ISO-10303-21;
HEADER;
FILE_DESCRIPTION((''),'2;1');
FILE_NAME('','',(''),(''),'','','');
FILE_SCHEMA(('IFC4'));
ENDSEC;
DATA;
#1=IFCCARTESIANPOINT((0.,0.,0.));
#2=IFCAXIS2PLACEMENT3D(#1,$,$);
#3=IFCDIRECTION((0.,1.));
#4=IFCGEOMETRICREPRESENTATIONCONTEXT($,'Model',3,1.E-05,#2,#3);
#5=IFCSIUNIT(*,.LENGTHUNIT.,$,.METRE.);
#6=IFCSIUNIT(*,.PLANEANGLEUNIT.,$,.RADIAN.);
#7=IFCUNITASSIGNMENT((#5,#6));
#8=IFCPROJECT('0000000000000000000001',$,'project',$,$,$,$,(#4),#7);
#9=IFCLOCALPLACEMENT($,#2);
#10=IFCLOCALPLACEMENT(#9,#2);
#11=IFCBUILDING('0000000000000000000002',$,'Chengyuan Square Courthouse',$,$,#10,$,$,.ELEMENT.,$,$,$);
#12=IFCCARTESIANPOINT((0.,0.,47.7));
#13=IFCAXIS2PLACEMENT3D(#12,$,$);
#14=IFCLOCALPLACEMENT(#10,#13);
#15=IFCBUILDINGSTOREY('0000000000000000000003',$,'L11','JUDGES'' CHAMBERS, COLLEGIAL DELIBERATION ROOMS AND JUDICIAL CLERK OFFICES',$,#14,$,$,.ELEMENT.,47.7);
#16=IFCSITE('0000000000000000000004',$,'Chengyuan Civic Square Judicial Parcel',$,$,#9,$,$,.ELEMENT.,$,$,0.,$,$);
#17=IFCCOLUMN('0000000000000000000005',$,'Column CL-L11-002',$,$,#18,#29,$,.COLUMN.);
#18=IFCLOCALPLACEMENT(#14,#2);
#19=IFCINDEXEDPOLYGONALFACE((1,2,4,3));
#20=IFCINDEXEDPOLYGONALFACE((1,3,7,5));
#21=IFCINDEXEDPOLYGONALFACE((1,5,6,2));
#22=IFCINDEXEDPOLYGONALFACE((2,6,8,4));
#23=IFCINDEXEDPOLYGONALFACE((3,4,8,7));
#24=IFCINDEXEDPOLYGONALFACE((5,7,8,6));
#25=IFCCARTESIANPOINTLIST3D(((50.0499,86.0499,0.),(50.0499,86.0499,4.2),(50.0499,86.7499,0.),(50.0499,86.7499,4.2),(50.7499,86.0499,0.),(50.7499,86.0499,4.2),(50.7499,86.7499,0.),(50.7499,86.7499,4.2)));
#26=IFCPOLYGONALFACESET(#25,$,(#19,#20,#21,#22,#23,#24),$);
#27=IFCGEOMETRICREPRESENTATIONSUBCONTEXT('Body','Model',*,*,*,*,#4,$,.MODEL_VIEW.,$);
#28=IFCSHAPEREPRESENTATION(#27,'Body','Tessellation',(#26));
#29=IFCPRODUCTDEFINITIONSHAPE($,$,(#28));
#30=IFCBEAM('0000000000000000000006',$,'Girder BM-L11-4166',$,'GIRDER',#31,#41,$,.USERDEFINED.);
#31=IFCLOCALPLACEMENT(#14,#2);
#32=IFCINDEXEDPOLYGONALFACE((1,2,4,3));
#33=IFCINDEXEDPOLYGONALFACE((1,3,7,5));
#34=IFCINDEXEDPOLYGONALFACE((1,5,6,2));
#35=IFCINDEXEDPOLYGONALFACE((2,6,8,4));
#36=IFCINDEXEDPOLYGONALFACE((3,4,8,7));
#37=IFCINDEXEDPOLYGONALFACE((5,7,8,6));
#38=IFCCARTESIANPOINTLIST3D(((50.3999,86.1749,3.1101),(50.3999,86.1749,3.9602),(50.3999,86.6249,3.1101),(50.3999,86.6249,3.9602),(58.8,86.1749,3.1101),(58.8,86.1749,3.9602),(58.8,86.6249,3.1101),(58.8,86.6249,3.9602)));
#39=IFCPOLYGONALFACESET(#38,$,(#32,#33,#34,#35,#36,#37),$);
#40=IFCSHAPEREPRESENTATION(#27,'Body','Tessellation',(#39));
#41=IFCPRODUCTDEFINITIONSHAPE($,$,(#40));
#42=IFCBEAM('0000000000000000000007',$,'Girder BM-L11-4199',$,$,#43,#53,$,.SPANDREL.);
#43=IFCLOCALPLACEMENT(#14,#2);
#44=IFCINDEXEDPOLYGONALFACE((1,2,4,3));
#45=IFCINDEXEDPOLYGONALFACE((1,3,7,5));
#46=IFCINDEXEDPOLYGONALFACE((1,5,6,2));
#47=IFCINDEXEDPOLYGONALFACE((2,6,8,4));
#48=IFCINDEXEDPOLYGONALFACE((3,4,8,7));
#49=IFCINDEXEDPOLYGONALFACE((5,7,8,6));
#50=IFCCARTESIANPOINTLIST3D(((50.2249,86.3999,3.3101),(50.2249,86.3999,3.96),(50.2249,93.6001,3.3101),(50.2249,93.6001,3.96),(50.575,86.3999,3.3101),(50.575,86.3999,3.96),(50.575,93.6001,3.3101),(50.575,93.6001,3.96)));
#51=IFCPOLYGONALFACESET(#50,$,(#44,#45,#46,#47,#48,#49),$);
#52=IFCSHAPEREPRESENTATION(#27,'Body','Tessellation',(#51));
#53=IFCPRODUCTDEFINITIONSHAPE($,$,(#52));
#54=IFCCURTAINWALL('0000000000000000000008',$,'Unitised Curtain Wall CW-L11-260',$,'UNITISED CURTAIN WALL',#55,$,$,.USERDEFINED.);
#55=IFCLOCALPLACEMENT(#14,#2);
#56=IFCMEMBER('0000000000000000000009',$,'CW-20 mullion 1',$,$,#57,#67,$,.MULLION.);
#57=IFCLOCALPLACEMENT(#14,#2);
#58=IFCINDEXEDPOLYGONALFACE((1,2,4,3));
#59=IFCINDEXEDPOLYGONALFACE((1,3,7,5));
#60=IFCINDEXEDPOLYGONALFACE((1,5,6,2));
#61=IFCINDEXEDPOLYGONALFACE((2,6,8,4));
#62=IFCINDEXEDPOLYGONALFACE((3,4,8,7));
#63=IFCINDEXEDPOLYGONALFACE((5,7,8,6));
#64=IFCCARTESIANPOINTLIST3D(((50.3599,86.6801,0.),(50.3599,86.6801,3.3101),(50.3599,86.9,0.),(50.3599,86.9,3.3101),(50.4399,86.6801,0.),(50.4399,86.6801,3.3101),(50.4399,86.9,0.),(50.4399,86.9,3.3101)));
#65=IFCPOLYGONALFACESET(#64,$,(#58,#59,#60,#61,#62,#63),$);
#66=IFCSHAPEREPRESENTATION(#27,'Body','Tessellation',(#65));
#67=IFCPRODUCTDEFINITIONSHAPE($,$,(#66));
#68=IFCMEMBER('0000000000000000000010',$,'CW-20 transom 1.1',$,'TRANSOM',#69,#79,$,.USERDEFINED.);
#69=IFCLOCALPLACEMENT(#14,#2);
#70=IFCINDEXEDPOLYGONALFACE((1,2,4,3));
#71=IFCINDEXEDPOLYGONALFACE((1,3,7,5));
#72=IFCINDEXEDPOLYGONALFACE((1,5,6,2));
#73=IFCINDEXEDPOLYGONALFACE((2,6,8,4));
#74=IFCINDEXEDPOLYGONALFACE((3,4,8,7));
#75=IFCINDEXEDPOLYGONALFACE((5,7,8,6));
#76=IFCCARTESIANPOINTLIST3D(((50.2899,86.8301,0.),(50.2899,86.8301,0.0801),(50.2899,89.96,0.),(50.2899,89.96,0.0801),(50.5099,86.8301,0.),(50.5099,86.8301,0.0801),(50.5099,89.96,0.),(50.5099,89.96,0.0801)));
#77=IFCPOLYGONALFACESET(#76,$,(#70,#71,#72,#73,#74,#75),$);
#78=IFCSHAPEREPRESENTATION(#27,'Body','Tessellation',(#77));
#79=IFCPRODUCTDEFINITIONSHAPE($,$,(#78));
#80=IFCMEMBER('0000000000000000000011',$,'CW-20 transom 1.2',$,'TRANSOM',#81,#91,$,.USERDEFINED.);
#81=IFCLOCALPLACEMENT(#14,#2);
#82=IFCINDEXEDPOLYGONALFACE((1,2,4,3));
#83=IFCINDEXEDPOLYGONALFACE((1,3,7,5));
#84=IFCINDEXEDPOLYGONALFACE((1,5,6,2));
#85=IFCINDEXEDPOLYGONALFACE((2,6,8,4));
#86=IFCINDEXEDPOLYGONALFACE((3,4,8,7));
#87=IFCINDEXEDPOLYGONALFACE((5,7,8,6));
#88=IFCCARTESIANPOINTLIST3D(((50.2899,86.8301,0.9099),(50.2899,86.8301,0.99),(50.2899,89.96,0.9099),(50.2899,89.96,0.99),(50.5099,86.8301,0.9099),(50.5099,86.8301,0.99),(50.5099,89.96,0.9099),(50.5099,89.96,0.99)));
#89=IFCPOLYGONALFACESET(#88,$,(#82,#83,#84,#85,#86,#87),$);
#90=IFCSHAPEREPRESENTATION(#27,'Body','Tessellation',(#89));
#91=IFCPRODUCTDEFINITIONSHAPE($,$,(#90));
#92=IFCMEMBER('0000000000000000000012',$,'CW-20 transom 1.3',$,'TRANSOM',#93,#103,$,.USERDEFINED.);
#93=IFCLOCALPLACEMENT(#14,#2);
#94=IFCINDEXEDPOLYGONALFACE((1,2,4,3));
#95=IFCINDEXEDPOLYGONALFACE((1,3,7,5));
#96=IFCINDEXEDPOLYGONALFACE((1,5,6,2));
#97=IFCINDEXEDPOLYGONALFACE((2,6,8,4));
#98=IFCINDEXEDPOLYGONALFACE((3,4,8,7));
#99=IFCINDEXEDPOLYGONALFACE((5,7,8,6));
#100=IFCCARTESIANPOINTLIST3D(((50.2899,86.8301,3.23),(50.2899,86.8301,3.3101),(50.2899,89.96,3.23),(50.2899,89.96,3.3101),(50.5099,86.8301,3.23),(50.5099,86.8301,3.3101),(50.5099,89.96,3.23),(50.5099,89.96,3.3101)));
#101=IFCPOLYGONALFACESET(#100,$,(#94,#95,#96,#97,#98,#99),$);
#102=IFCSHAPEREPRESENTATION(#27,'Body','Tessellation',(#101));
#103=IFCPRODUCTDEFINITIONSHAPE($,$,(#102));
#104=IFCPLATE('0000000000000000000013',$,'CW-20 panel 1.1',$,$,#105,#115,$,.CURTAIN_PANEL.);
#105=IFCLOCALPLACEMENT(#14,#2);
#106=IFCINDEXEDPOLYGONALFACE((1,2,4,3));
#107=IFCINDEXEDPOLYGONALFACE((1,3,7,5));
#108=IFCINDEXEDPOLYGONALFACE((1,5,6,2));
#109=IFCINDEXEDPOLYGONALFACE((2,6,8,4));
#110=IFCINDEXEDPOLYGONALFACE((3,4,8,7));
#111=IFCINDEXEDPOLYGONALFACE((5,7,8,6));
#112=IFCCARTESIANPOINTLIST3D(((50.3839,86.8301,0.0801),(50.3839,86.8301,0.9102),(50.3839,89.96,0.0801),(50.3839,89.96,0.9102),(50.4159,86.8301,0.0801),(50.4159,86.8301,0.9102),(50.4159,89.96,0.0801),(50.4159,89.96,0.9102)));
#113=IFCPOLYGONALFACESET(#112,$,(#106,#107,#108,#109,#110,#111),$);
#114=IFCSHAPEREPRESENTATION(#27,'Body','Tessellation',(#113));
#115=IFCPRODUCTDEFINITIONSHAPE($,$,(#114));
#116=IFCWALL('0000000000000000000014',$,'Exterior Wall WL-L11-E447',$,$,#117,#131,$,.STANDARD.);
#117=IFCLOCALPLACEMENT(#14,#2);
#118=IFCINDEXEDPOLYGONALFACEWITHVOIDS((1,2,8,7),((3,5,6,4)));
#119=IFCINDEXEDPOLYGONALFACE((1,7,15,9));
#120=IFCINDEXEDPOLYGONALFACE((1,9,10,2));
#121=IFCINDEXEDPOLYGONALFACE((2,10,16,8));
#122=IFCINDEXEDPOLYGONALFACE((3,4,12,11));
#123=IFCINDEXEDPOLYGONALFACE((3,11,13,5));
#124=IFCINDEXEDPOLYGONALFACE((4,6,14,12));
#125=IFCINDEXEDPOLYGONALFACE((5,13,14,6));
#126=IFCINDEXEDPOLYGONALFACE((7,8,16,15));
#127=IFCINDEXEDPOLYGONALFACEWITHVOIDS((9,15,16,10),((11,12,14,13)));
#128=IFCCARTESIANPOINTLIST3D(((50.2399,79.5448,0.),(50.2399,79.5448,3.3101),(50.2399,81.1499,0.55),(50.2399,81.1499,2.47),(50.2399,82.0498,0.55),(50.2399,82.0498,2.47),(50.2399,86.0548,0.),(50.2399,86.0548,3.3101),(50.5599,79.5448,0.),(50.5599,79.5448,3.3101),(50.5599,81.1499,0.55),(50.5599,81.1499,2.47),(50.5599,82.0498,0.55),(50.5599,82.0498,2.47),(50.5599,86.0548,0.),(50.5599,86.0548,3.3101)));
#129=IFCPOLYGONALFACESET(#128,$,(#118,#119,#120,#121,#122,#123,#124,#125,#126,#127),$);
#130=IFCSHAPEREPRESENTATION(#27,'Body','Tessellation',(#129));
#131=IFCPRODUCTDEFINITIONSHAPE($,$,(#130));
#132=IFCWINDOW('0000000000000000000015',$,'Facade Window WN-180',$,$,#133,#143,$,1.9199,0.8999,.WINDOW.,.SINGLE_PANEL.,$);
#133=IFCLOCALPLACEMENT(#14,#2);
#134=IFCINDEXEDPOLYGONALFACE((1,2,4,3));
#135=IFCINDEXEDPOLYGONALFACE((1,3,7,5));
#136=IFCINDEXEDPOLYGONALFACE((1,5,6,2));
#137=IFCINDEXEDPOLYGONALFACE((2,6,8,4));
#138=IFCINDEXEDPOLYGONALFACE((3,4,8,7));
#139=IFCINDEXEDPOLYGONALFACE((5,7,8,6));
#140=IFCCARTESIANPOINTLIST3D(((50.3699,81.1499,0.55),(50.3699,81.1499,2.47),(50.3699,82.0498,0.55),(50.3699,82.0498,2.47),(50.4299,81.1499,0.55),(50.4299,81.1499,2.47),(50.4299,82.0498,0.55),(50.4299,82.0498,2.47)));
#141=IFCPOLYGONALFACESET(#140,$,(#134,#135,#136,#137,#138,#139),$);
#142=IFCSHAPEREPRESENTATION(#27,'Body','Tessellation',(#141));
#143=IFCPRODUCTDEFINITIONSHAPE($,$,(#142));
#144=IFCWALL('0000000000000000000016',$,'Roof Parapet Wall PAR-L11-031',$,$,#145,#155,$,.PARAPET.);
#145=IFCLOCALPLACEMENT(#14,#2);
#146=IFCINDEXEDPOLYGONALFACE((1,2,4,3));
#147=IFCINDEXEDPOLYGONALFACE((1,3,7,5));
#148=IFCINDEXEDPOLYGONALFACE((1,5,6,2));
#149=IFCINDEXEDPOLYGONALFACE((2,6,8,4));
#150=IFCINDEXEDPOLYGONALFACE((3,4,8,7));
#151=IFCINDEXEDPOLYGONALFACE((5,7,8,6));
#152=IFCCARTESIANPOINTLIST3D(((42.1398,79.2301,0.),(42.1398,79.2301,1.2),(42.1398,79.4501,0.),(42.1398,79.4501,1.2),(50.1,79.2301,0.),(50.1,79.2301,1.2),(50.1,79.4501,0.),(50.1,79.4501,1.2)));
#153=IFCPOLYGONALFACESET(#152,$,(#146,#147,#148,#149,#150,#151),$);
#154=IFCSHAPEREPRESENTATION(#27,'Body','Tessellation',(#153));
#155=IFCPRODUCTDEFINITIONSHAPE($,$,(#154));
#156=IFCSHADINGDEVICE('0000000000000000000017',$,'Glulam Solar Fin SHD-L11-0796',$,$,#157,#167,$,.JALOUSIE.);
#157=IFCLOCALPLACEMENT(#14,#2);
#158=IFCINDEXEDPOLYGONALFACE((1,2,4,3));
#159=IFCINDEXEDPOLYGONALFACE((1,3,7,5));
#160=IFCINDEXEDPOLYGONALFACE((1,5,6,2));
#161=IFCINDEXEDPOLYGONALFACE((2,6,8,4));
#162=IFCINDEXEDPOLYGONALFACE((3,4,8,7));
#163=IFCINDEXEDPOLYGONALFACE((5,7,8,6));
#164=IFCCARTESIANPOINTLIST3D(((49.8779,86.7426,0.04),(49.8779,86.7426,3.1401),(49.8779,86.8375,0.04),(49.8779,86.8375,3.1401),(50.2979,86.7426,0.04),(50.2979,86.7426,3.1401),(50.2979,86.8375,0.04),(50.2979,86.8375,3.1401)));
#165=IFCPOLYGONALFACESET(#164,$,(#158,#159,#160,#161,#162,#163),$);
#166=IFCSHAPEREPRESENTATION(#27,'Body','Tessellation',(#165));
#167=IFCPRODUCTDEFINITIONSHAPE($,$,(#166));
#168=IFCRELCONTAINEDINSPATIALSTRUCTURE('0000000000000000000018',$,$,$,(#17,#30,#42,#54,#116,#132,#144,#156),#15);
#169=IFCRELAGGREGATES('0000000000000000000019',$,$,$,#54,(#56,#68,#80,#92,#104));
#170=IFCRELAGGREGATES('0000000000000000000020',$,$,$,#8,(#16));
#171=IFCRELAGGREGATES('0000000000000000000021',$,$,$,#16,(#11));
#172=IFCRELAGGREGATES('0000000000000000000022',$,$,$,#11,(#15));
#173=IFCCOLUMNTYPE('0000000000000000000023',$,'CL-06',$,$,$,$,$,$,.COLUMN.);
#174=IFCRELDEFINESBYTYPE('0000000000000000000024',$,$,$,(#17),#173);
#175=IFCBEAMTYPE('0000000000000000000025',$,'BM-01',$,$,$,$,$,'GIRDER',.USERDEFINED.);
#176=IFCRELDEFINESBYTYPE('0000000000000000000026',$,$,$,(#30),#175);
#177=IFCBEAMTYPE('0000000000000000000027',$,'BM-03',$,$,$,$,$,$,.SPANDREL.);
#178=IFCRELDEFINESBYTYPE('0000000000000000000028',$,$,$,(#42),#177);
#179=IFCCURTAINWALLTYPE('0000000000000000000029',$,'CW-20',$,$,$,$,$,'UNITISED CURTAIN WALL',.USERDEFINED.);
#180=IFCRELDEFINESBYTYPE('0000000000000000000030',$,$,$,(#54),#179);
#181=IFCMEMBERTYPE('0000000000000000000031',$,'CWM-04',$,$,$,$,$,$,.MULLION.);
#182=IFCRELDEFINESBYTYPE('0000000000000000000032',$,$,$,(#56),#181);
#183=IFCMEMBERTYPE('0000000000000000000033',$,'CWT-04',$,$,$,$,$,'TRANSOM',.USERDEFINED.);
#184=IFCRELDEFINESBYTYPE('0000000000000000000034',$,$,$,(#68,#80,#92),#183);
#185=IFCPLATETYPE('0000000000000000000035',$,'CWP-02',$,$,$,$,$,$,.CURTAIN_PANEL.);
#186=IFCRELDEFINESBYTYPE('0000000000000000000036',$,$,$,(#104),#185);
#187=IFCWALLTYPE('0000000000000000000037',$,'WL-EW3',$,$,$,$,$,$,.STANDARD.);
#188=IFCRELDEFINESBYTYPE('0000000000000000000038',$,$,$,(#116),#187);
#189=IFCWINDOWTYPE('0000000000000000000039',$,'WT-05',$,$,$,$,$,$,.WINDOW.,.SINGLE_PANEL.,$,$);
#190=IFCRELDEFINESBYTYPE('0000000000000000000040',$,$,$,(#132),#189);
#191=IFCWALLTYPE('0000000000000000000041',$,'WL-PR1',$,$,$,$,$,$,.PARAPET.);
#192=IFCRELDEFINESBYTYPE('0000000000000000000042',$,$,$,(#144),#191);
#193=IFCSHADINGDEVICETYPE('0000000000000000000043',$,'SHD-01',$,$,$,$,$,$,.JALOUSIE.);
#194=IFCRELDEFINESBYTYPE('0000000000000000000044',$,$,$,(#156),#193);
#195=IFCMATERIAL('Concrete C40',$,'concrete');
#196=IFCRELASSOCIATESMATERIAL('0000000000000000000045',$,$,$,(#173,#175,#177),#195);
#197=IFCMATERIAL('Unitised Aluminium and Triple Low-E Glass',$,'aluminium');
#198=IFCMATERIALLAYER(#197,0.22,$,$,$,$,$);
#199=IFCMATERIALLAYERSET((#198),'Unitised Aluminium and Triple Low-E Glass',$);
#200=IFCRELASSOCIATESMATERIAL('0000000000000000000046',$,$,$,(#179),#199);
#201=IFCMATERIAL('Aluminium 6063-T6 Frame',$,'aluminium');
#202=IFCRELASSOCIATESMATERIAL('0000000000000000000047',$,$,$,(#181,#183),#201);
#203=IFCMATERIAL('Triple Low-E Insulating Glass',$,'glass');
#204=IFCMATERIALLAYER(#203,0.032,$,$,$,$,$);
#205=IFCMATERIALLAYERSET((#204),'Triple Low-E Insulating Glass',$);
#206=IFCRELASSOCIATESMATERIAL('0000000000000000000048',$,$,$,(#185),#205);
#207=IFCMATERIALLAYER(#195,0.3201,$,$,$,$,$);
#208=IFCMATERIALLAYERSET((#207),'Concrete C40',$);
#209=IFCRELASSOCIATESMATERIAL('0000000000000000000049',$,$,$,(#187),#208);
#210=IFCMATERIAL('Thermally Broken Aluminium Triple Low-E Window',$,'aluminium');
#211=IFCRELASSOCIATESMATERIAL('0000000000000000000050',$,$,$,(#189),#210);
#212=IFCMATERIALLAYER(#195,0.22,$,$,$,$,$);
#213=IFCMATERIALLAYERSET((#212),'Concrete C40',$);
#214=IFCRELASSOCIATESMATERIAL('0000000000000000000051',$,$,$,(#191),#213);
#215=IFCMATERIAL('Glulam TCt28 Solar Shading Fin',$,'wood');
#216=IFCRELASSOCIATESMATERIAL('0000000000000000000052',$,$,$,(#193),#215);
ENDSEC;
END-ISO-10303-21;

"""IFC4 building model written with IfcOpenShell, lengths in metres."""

from ifc_helpers import new_model, si_unit, direction, frame, frame_2d, origin, origin_2d, place, context, subcontext, project, spatial, rectangle, extrude, material, layer, layer_set, material_profile, profile_set, type_object, element, fill, aggregate, save


model = new_model("IFC4")

# Units and contexts
model_context = context("Model", 3, precision=1e-05, world=origin(), true_north=direction((0.0, 1.0)))
body_context = subcontext(model_context, "Body", "Model", "MODEL_VIEW")
ifc_project = project(units=[si_unit("LENGTHUNIT", "METRE"), si_unit("PLANEANGLEUNIT", "RADIAN")], contexts=[model_context])

# Site, building, storey
site_placement = place(None, origin())
site = spatial("IfcSite", under=ifc_project, at=site_placement, Name="Chengyuan Civic Square Judicial Parcel", CompositionType="ELEMENT", RefElevation=0.0)
building_placement = place(site_placement, origin())
building = spatial("IfcBuilding", under=site, at=building_placement, Name="Chengyuan Square Courthouse", CompositionType="ELEMENT")
storey_placement = place(building_placement, frame((0.0, 0.0, 47.7)))
storey = spatial("IfcBuildingStorey", under=building, at=storey_placement, Name="L11", Description="JUDGES' CHAMBERS, COLLEGIAL DELIBERATION ROOMS AND JUDICIAL CLERK OFFICES", CompositionType="ELEMENT", Elevation=47.7)

# Column
ifc_material_1 = material(Name="Concrete C40", Category="concrete")
ifc_material_profile_1 = material_profile(ifc_material_1, rectangle(XDim=0.7, YDim=0.7, at=origin_2d()), Name="RC-COL-700x700")
ifc_profile_set_1 = profile_set([ifc_material_profile_1], Name="Concrete C40")
column_type = type_object("IfcColumnType", Name="CL-06", PredefinedType="COLUMN", material=ifc_profile_set_1)
column_placement = place(storey_placement, frame((50.3999, 86.3999, 0.0), z_axis=(0.0, 0.0, 1.0), x_axis=(1.0, 0.0, 0.0)))
element("IfcColumn", 1, at=column_placement, inside=storey, type_object=column_type, Name="Column CL-L11-002", PredefinedType="COLUMN", context=body_context, shape_type="SweptSolid", body=[
    extrude(rectangle(XDim=0.7, YDim=0.7, at=origin_2d()), origin(), (0.0, 0.0, 1.0), 4.2),
])

# Beams
ifc_material_profile_2 = material_profile(ifc_material_1, rectangle(XDim=0.45, YDim=0.8501, at=origin_2d()), Name="RC-BM-450x850")
ifc_profile_set_2 = profile_set([ifc_material_profile_2], Name="Concrete C40")
beam_type_1 = type_object("IfcBeamType", Name="BM-01", ElementType="GIRDER", PredefinedType="USERDEFINED", material=ifc_profile_set_2)
beam_1_placement = place(storey_placement, frame((50.3999, 86.3999, 3.5352), z_axis=(1.0, 0.0, 0.0), x_axis=(0.0, 1.0, 0.0)))
element("IfcBeam", 2, at=beam_1_placement, inside=storey, type_object=beam_type_1, Name="Girder BM-L11-4166", ObjectType="GIRDER", PredefinedType="USERDEFINED", context=body_context, shape_type="SweptSolid", body=[
    extrude(rectangle(XDim=0.45, YDim=0.8501, at=origin_2d()), origin(), (0.0, 0.0, 1.0), 8.4001),
])
ifc_material_profile_3 = material_profile(ifc_material_1, rectangle(XDim=0.3501, YDim=0.6499, at=origin_2d()), Name="RC-BM-350x650")
ifc_profile_set_3 = profile_set([ifc_material_profile_3], Name="Concrete C40")
beam_type_2 = type_object("IfcBeamType", Name="BM-03", PredefinedType="SPANDREL", material=ifc_profile_set_3)
beam_2_placement = place(storey_placement, frame((50.3999, 86.3999, 3.635), z_axis=(0.0, 1.0, 0.0), x_axis=(-1.0, 0.0, 0.0)))
element("IfcBeam", 3, at=beam_2_placement, inside=storey, type_object=beam_type_2, Name="Girder BM-L11-4199", PredefinedType="SPANDREL", context=body_context, shape_type="SweptSolid", body=[
    extrude(rectangle(XDim=0.3501, YDim=0.6499, at=origin_2d()), origin(), (0.0, 0.0, 1.0), 7.2002),
])

# Curtain wall, members, plate
ifc_material_2 = material(Name="Unitised Aluminium and Triple Low-E Glass", Category="aluminium")
ifc_layer_1 = layer(ifc_material_2, 0.22)
ifc_layer_set_1 = layer_set([ifc_layer_1], Name="Unitised Aluminium and Triple Low-E Glass")
curtain_wall_type = type_object("IfcCurtainWallType", Name="CW-20", ElementType="UNITISED CURTAIN WALL", PredefinedType="USERDEFINED", material=ifc_layer_set_1)
curtain_wall_placement = place(storey_placement, origin())
curtain_wall = element("IfcCurtainWall", 4, at=curtain_wall_placement, inside=storey, type_object=curtain_wall_type, Name="Unitised Curtain Wall CW-L11-260", ObjectType="UNITISED CURTAIN WALL", PredefinedType="USERDEFINED")
ifc_material_3 = material(Name="Aluminium 6063-T6 Frame", Category="aluminium")
ifc_material_profile_4 = material_profile(ifc_material_3, rectangle(XDim=0.0801, YDim=0.22, at=origin_2d()), Name="CW-MUL-80x220")
ifc_profile_set_4 = profile_set([ifc_material_profile_4], Name="Aluminium 6063-T6 Frame")
member_type_1 = type_object("IfcMemberType", Name="CWM-04", PredefinedType="MULLION", material=ifc_profile_set_4)
member_1_placement = place(storey_placement, frame((50.3999, 86.79, 0.0), z_axis=(0.0, 0.0, 1.0), x_axis=(-1.0, 0.0, 0.0)))
member_1 = element("IfcMember", 5, at=member_1_placement, type_object=member_type_1, Name="CW-20 mullion 1", PredefinedType="MULLION", context=body_context, shape_type="SweptSolid", body=[
    extrude(rectangle(XDim=0.0801, YDim=0.22, at=origin_2d()), origin(), (0.0, 0.0, 1.0), 3.3101),
])
ifc_material_profile_5 = material_profile(ifc_material_3, rectangle(XDim=0.22, YDim=0.0801, at=origin_2d()), Name="CW-TRN-80x180")
ifc_profile_set_5 = profile_set([ifc_material_profile_5], Name="Aluminium 6063-T6 Frame")
member_type_2 = type_object("IfcMemberType", Name="CWT-04", ElementType="TRANSOM", PredefinedType="USERDEFINED", material=ifc_profile_set_5)
member_2_placement = place(storey_placement, frame((50.3999, 86.8301, 0.04), z_axis=(0.0, 1.0, 0.0), x_axis=(-1.0, 0.0, 0.0)))
member_2 = element("IfcMember", 6, at=member_2_placement, type_object=member_type_2, Name="CW-20 transom 1.1", ObjectType="TRANSOM", PredefinedType="USERDEFINED", context=body_context, shape_type="SweptSolid", body=[
    extrude(rectangle(XDim=0.22, YDim=0.0801, at=origin_2d()), origin(), (0.0, 0.0, 1.0), 3.1299),
])
member_3_placement = place(storey_placement, frame((50.3999, 86.8301, 0.95), z_axis=(0.0, 1.0, 0.0), x_axis=(-1.0, 0.0, 0.0)))
member_3 = element("IfcMember", 7, at=member_3_placement, type_object=member_type_2, Name="CW-20 transom 1.2", ObjectType="TRANSOM", PredefinedType="USERDEFINED", context=body_context, shape_type="SweptSolid", body=[
    extrude(rectangle(XDim=0.22, YDim=0.0801, at=origin_2d()), origin(), (0.0, 0.0, 1.0), 3.1299),
])
member_4_placement = place(storey_placement, frame((50.3999, 86.8301, 3.27), z_axis=(0.0, 1.0, 0.0), x_axis=(-1.0, 0.0, 0.0)))
member_4 = element("IfcMember", 8, at=member_4_placement, type_object=member_type_2, Name="CW-20 transom 1.3", ObjectType="TRANSOM", PredefinedType="USERDEFINED", context=body_context, shape_type="SweptSolid", body=[
    extrude(rectangle(XDim=0.22, YDim=0.0801, at=origin_2d()), origin(), (0.0, 0.0, 1.0), 3.1299),
])
ifc_material_4 = material(Name="Triple Low-E Insulating Glass", Category="glass")
ifc_layer_2 = layer(ifc_material_4, 0.032)
ifc_layer_set_2 = layer_set([ifc_layer_2], Name="Triple Low-E Insulating Glass")
plate_type = type_object("IfcPlateType", Name="CWP-02", PredefinedType="CURTAIN_PANEL", material=ifc_layer_set_2)
plate_placement = place(storey_placement, frame((50.3999, 88.395, 0.0801), z_axis=(0.0, 0.0, 1.0), x_axis=(0.0, 1.0, 0.0)))
plate = element("IfcPlate", 9, at=plate_placement, type_object=plate_type, Name="CW-20 panel 1.1", PredefinedType="CURTAIN_PANEL", context=body_context, shape_type="SweptSolid", body=[
    extrude(rectangle(XDim=3.1299, YDim=0.032, at=origin_2d()), origin(), (0.0, 0.0, 1.0), 0.8301),
])
aggregate(curtain_wall, [member_1, member_2, member_3, member_4, plate])

# Wall, opening, window
ifc_layer_3 = layer(ifc_material_1, 0.3201)
ifc_layer_set_3 = layer_set([ifc_layer_3], Name="Concrete C40")
wall_type_1 = type_object("IfcWallType", Name="WL-EW3", PredefinedType="STANDARD", material=ifc_layer_set_3)
wall_1_placement = place(storey_placement, frame((50.3999, 79.5449, 0.0), z_axis=(0.0, 0.0, 1.0), x_axis=(0.0, 1.0, 0.0)))
wall_1 = element("IfcWall", 10, at=wall_1_placement, inside=storey, type_object=wall_type_1, Name="Exterior Wall WL-L11-E447", PredefinedType="STANDARD", context=body_context, shape_type="SweptSolid", body=[
    extrude(rectangle(XDim=6.51, YDim=0.3201, at=frame_2d((3.2549, 0.0))), origin(), (0.0, 0.0, 1.0), 3.3101),
])
opening_placement = place(wall_1_placement, frame((1.605, 0.0, 0.55)))
opening = element("IfcOpeningElement", 11, at=opening_placement, cuts=wall_1, PredefinedType="OPENING", context=body_context, shape_type="SweptSolid", body=[
    extrude(rectangle(XDim=0.8999, YDim=1.9199, at=frame_2d((0.45, 0.96))), frame((0.0, 0.1721, 0.0), z_axis=(0.0, -1.0, 0.0), x_axis=(1.0, 0.0, 0.0)), (0.0, 0.0, 1.0), 0.344),
])
ifc_material_5 = material(Name="Thermally Broken Aluminium Triple Low-E Window", Category="aluminium")
window_type = type_object("IfcWindowType", Name="WT-05", PartitioningType="SINGLE_PANEL", PredefinedType="WINDOW", material=ifc_material_5)
window_placement = place(opening_placement, origin())
window = element("IfcWindow", 12, at=window_placement, inside=storey, type_object=window_type, Name="Facade Window WN-180", OverallHeight=1.9199, OverallWidth=0.8999, PartitioningType="SINGLE_PANEL", PredefinedType="WINDOW", context=body_context, shape_type="SweptSolid", body=[
    extrude(rectangle(XDim=0.8999, YDim=1.9199, at=frame_2d((0.45, 0.96))), frame((0.0, 0.03, 0.0), z_axis=(0.0, -1.0, 0.0), x_axis=(1.0, 0.0, 0.0)), (0.0, 0.0, 1.0), 0.0601),
])
fill(opening, window)

# Wall
ifc_layer_4 = layer(ifc_material_1, 0.22)
ifc_layer_set_4 = layer_set([ifc_layer_4], Name="Concrete C40")
wall_type_2 = type_object("IfcWallType", Name="WL-PR1", PredefinedType="PARAPET", material=ifc_layer_set_4)
wall_2_placement = place(storey_placement, frame((42.1399, 79.3401, 0.0), z_axis=(0.0, 0.0, 1.0), x_axis=(1.0, 0.0, 0.0)))
element("IfcWall", 13, at=wall_2_placement, inside=storey, type_object=wall_type_2, Name="Roof Parapet Wall PAR-L11-031", PredefinedType="PARAPET", context=body_context, shape_type="SweptSolid", body=[
    extrude(rectangle(XDim=7.9602, YDim=0.22, at=frame_2d((3.98, 0.0))), origin(), (0.0, 0.0, 1.0), 1.2),
])

# Shading device
ifc_material_6 = material(Name="Glulam TCt28 Solar Shading Fin", Category="wood")
shading_device_type_1 = type_object("IfcShadingDeviceType", Name="SHD-01", PredefinedType="JALOUSIE", material=ifc_material_6)
shading_device_1_placement = place(storey_placement, frame((50.0879, 86.79, 0.04), z_axis=(0.0, 0.0, 1.0), x_axis=(1.0, 0.0, 0.0)))
element("IfcShadingDevice", 14, at=shading_device_1_placement, inside=storey, type_object=shading_device_type_1, Name="Glulam Solar Fin SHD-L11-0796", PredefinedType="JALOUSIE", context=body_context, shape_type="SweptSolid", body=[
    extrude(rectangle(XDim=0.4199, YDim=0.095, at=origin_2d()), origin(), (0.0, 0.0, 1.0), 3.1001),
])

save(model, "model.ifc")
